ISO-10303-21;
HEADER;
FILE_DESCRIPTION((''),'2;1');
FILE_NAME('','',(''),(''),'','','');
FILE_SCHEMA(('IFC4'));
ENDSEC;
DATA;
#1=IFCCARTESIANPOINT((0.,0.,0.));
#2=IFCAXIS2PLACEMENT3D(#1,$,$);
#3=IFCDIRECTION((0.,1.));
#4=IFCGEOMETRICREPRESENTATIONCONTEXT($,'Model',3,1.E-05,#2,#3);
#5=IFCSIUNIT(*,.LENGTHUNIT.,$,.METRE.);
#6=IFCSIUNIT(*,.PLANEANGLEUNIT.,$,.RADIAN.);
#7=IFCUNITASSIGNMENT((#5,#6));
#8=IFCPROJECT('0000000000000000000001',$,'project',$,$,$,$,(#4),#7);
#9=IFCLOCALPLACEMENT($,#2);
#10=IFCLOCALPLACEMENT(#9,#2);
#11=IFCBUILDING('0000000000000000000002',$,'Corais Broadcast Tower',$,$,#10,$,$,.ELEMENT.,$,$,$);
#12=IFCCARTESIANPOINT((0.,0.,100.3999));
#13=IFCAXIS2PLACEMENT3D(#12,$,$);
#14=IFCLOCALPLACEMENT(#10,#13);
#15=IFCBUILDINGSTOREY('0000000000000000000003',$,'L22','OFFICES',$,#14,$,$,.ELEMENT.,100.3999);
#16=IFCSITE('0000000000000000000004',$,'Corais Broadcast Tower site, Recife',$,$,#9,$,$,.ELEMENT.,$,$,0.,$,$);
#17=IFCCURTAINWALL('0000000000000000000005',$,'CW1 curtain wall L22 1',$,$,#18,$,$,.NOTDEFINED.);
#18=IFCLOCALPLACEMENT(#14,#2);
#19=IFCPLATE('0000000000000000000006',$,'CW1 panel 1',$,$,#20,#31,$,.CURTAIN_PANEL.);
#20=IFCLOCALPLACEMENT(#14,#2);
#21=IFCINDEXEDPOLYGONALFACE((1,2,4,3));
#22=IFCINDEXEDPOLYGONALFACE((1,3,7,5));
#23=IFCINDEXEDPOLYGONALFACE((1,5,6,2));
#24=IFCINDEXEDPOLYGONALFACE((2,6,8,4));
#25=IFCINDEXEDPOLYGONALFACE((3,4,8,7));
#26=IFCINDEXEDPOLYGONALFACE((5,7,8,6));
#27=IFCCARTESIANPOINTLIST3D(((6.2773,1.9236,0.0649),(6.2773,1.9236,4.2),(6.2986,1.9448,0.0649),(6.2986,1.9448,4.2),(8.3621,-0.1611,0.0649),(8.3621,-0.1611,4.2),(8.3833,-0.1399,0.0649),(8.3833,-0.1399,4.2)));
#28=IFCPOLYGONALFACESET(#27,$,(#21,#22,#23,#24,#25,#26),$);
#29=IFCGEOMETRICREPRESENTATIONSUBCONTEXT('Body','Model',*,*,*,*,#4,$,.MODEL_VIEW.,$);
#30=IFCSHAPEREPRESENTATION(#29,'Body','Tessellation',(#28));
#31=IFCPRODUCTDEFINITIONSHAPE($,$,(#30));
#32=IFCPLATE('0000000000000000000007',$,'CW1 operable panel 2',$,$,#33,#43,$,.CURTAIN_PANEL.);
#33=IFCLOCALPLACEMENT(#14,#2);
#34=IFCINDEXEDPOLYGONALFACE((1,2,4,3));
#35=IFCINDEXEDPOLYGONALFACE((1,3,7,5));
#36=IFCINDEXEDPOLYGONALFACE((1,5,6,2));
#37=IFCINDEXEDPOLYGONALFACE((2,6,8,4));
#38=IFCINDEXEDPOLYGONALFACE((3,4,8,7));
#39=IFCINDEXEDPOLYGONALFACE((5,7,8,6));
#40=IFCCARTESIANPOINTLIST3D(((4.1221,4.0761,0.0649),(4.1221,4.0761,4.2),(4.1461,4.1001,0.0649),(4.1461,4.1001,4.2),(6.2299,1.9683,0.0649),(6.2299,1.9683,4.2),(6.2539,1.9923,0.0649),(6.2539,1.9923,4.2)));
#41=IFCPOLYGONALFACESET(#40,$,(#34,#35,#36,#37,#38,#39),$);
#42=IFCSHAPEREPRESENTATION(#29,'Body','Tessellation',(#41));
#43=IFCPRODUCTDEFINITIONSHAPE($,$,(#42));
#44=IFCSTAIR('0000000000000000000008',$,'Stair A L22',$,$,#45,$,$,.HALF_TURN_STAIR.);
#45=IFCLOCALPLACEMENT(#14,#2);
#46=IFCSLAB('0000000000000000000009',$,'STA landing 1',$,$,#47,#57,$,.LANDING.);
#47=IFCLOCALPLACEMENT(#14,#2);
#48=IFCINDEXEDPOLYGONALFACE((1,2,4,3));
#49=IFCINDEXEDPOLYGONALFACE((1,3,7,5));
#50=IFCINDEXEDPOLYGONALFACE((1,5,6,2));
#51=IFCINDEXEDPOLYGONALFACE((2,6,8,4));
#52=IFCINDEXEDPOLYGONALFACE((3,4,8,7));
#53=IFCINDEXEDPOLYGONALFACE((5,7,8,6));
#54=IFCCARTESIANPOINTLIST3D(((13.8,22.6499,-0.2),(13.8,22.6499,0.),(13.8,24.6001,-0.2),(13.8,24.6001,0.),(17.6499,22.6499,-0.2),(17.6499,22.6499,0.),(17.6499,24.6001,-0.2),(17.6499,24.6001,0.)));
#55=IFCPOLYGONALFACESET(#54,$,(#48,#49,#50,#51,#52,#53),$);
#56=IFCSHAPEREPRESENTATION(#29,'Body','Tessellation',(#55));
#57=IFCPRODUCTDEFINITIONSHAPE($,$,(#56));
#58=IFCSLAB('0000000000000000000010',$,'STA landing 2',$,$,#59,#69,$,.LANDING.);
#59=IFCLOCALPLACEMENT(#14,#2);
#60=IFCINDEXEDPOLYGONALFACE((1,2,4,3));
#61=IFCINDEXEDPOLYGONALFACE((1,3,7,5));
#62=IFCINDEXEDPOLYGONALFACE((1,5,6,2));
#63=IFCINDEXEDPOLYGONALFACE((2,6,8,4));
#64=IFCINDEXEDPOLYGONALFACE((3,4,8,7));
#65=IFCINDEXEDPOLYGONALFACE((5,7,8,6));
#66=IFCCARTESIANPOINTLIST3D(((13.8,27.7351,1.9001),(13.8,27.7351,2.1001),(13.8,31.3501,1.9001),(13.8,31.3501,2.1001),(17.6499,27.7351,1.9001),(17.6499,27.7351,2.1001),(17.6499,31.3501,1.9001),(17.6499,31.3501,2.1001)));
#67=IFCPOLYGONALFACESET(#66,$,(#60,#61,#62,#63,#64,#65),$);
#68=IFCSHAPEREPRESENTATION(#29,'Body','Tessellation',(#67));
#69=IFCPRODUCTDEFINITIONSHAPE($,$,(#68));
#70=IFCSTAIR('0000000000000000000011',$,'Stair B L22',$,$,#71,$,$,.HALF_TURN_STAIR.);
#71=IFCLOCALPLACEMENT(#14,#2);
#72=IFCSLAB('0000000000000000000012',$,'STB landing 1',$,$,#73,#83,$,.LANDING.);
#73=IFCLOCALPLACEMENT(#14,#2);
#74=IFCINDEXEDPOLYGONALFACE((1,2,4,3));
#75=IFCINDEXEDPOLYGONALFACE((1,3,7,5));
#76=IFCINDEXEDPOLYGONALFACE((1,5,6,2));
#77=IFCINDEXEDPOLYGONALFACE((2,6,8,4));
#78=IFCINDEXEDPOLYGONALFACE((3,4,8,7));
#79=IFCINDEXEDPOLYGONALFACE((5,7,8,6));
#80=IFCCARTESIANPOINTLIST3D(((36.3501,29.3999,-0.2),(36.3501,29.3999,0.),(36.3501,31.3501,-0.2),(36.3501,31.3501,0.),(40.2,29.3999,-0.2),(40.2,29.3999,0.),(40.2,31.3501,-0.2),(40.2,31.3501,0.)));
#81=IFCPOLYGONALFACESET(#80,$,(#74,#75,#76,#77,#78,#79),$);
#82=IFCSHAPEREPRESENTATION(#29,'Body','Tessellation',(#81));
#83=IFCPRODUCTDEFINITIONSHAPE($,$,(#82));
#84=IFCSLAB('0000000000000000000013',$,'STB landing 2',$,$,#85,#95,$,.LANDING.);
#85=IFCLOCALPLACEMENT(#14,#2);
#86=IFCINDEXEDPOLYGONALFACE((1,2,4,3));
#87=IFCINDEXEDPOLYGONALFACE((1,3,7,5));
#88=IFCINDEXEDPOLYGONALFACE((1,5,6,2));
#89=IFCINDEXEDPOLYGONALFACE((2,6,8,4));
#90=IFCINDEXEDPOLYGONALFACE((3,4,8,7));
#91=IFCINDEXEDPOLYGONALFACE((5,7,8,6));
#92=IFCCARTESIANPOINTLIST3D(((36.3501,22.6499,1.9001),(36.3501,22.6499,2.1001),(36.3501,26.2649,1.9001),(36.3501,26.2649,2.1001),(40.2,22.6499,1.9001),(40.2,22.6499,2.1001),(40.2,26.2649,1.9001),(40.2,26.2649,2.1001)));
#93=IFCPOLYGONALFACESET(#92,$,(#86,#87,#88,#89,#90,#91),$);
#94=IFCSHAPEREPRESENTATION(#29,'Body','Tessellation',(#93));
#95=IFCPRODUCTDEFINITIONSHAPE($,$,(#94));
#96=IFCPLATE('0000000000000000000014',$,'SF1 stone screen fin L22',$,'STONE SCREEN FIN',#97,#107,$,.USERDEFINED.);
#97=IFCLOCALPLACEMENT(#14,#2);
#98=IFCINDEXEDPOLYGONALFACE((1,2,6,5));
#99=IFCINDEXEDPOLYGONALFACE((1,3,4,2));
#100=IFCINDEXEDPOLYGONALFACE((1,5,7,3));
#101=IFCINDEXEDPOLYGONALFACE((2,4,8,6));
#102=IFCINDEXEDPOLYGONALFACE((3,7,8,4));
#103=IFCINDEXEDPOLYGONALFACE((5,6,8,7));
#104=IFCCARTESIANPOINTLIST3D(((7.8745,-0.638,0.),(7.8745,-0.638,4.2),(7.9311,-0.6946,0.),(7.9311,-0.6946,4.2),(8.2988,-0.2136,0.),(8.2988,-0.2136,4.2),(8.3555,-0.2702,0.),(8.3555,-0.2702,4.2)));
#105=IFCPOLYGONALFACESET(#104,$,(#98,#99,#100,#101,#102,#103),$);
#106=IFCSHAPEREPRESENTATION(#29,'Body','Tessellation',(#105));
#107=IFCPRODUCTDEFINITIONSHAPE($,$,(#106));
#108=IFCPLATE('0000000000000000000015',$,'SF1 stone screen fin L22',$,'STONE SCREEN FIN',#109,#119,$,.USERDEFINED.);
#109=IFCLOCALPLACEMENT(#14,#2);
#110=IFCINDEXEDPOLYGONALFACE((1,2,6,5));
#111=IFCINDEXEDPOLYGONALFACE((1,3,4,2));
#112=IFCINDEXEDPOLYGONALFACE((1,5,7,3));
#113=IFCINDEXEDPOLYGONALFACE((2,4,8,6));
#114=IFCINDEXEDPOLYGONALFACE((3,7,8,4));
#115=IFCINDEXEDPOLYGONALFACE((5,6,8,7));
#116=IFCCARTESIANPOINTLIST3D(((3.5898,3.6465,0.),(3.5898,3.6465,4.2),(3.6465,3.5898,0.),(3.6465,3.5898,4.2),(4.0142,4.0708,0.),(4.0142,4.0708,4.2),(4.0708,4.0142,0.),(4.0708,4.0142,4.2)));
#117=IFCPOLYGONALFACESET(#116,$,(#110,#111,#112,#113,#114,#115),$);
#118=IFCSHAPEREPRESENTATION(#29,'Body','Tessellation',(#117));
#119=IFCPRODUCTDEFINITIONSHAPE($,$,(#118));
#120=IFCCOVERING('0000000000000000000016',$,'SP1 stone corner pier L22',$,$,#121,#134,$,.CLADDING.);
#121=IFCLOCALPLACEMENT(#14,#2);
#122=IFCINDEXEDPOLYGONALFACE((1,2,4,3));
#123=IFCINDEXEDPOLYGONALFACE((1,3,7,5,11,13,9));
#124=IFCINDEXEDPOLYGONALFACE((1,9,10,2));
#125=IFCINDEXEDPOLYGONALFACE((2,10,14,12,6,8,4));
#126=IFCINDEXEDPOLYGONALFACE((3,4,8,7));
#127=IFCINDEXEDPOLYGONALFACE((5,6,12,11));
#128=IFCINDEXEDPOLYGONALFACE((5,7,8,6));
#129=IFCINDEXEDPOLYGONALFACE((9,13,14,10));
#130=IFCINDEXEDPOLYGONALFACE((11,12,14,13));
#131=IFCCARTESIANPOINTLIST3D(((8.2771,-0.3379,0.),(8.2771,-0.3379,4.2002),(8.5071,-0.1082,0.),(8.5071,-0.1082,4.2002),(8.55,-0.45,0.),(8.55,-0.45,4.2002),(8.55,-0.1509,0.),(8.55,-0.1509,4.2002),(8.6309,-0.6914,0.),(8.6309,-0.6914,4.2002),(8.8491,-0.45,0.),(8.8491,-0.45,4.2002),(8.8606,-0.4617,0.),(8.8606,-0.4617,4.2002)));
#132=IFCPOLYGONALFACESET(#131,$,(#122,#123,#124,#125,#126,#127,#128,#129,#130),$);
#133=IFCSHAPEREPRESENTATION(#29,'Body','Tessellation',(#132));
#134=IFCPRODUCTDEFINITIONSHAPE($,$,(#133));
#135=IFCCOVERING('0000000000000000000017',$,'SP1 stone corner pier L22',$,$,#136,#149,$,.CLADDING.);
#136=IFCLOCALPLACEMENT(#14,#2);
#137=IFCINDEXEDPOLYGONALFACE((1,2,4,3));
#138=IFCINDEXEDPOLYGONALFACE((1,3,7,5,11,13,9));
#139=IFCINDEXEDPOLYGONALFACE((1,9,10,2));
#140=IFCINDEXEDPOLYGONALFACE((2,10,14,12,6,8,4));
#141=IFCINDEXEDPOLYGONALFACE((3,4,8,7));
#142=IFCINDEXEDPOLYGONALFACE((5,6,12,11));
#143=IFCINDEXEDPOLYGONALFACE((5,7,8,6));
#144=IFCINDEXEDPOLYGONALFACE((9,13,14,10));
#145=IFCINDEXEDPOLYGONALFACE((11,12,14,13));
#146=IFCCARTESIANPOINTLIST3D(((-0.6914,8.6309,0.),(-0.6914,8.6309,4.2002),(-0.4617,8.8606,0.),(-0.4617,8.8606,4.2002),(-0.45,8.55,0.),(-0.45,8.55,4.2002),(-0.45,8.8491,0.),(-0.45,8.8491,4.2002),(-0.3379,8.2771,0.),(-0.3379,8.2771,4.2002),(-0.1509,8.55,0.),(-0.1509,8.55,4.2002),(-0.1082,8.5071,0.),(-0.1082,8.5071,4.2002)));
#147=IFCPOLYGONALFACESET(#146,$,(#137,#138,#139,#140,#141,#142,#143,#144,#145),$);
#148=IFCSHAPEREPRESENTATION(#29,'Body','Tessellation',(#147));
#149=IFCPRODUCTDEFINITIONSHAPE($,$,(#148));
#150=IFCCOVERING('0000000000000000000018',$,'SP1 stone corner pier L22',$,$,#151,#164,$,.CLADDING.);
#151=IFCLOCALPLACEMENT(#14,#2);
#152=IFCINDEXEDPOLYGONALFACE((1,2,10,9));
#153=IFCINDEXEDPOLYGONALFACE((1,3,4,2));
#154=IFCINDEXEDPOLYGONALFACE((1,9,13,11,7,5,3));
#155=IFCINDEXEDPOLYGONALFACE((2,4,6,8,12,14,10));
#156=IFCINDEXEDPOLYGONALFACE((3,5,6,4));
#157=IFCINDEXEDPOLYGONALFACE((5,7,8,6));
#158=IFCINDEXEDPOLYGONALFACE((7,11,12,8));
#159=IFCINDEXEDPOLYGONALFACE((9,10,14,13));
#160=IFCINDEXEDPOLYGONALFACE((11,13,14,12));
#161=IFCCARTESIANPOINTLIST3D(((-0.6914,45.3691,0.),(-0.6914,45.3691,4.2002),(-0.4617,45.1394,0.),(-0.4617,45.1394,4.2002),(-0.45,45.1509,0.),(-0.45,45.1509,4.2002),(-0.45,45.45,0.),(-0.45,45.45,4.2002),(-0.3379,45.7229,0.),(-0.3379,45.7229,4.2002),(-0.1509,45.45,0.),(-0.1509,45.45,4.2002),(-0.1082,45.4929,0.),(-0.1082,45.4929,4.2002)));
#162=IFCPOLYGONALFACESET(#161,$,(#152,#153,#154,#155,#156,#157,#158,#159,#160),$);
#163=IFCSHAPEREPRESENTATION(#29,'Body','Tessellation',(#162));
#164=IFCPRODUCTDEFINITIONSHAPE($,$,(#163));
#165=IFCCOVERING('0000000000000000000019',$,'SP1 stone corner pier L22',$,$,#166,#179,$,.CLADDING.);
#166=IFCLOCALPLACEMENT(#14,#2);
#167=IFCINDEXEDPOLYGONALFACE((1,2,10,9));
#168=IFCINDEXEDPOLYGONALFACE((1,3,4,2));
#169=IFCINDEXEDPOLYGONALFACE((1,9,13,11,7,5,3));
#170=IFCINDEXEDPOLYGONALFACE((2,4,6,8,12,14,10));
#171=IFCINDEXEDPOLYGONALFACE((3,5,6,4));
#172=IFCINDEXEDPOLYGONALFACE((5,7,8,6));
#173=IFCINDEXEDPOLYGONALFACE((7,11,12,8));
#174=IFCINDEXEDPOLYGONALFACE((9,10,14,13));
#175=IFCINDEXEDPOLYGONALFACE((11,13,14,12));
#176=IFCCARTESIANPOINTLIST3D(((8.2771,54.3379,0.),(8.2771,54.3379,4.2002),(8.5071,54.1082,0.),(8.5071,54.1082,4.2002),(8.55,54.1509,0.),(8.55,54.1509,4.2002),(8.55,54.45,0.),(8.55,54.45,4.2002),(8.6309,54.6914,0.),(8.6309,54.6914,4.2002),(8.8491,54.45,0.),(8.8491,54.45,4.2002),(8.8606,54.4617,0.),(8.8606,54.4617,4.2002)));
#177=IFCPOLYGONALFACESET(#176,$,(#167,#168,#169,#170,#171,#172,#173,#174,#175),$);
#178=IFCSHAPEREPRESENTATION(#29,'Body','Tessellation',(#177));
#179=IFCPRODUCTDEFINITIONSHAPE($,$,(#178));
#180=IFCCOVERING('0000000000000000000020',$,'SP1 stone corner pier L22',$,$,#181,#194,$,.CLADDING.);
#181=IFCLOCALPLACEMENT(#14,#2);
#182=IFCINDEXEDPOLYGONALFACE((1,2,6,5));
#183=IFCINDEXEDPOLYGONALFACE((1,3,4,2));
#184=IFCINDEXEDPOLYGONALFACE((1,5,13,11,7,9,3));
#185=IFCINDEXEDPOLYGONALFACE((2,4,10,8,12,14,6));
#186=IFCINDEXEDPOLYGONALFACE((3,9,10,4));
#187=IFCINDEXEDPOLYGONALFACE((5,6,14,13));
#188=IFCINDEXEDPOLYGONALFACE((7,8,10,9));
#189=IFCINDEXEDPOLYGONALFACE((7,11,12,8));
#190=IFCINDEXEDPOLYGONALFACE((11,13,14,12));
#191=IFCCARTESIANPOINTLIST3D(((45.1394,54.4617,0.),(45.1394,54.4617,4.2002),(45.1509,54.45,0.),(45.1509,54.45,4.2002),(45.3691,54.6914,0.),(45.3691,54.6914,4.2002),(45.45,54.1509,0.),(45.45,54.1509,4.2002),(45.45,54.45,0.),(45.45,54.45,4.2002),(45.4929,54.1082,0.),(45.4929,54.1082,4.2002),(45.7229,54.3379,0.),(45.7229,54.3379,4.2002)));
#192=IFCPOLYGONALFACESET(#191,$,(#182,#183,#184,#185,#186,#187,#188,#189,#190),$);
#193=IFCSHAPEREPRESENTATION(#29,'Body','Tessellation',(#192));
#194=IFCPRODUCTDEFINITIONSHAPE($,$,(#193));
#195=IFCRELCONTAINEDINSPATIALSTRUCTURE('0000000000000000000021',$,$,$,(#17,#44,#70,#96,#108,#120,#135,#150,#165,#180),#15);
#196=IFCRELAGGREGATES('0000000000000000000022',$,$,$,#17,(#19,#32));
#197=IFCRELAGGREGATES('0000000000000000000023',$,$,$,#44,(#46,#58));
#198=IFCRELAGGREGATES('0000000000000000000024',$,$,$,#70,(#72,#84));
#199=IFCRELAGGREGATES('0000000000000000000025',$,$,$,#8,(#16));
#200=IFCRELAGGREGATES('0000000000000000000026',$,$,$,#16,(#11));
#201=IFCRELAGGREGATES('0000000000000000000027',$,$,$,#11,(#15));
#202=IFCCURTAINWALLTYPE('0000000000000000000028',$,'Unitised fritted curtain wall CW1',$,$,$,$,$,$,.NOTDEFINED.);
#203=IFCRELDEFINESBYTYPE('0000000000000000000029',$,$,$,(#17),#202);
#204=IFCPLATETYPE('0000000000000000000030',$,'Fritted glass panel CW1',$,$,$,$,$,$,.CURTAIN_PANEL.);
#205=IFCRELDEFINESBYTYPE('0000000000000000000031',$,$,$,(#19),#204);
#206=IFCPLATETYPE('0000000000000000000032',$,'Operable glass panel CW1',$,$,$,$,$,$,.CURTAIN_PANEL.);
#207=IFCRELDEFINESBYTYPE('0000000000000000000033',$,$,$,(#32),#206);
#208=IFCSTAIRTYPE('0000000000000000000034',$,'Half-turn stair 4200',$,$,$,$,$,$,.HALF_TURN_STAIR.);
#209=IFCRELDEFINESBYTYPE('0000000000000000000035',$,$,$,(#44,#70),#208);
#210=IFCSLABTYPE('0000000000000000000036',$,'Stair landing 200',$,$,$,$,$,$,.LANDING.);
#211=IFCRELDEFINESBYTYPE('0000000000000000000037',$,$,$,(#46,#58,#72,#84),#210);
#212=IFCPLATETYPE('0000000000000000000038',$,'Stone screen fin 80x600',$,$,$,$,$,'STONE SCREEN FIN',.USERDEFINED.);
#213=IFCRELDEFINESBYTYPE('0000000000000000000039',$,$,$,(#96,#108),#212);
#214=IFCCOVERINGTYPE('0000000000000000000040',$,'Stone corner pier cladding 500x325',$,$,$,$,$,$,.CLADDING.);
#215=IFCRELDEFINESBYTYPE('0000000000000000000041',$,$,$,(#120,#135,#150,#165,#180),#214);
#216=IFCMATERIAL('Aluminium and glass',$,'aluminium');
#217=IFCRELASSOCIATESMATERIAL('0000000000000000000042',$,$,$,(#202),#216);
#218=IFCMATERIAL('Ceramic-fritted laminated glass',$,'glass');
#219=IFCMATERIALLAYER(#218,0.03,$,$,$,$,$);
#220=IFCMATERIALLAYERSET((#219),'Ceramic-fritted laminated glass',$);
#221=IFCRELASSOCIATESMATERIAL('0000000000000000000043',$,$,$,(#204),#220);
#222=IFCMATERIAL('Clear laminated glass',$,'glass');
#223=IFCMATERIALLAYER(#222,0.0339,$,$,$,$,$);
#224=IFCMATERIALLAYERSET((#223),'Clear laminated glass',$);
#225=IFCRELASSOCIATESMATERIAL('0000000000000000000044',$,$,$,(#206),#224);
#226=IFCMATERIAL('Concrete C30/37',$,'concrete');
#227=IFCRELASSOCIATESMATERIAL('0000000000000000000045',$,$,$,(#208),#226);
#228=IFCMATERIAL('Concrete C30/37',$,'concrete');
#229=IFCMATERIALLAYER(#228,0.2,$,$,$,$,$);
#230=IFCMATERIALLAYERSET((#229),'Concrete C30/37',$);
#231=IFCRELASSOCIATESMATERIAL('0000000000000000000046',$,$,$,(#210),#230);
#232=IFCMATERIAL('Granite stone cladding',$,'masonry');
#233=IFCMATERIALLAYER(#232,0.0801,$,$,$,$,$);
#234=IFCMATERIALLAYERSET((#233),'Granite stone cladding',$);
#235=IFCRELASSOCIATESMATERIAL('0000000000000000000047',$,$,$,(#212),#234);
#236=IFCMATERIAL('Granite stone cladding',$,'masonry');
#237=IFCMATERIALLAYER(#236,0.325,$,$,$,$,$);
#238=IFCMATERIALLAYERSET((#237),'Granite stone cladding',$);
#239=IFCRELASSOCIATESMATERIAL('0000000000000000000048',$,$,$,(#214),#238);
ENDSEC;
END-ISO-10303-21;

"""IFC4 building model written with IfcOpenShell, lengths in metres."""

from ifc_helpers import new_model, si_unit, direction, frame, origin, origin_2d, place, context, subcontext, project, spatial, polyline, rectangle, outline, extrude, material, layer, layer_set, type_object, element, aggregate, save


model = new_model("IFC4")

# Units and contexts
model_context = context("Model", 3, precision=1e-05, world=origin(), true_north=direction((0.0, 1.0)))
body_context = subcontext(model_context, "Body", "Model", "MODEL_VIEW")
ifc_project = project(units=[si_unit("LENGTHUNIT", "METRE"), si_unit("PLANEANGLEUNIT", "RADIAN")], contexts=[model_context])

# Site, building, storey
site_placement = place(None, origin())
site = spatial("IfcSite", under=ifc_project, at=site_placement, Name="Corais Broadcast Tower site, Recife", CompositionType="ELEMENT", RefElevation=0.0)
building_placement = place(site_placement, origin())
building = spatial("IfcBuilding", under=site, at=building_placement, Name="Corais Broadcast Tower", CompositionType="ELEMENT")
storey_placement = place(building_placement, frame((0.0, 0.0, 100.3999)))
storey = spatial("IfcBuildingStorey", under=building, at=storey_placement, Name="L22", Description="OFFICES", CompositionType="ELEMENT", Elevation=100.3999)

# Curtain wall
ifc_material_1 = material(Name="Aluminium and glass", Category="aluminium")
curtain_wall_type = type_object("IfcCurtainWallType", Name="Unitised fritted curtain wall CW1", PredefinedType="NOTDEFINED", material=ifc_material_1)
curtain_wall_1_placement = place(storey_placement, origin())
curtain_wall_1 = element("IfcCurtainWall", 1, at=curtain_wall_1_placement, inside=storey, type_object=curtain_wall_type, Name="CW1 curtain wall L22 1", PredefinedType="NOTDEFINED")

# Plates
ifc_material_2 = material(Name="Ceramic-fritted laminated glass", Category="glass")
ifc_layer_1 = layer(ifc_material_2, 0.03)
ifc_layer_set_1 = layer_set([ifc_layer_1], Name="Ceramic-fritted laminated glass")
plate_type_1 = type_object("IfcPlateType", Name="Fritted glass panel CW1", PredefinedType="CURTAIN_PANEL", material=ifc_layer_set_1)
plate_1_placement = place(storey_placement, frame((7.3303, 0.8918, 0.0649), z_axis=(0.0, 0.0, 1.0), x_axis=(-0.707107, 0.707107, 0.0)))
plate_1 = element("IfcPlate", 2, at=plate_1_placement, type_object=plate_type_1, Name="CW1 panel 1", PredefinedType="CURTAIN_PANEL", context=body_context, shape_type="SweptSolid", body=[
    extrude(rectangle(XDim=2.9482, YDim=0.03, at=origin_2d()), origin(), (0.0, 0.0, 1.0), 4.135),
])
ifc_material_3 = material(Name="Clear laminated glass", Category="glass")
ifc_layer_2 = layer(ifc_material_3, 0.0339)
ifc_layer_set_2 = layer_set([ifc_layer_2], Name="Clear laminated glass")
plate_type_2 = type_object("IfcPlateType", Name="Operable glass panel CW1", PredefinedType="CURTAIN_PANEL", material=ifc_layer_set_2)
plate_2_placement = place(storey_placement, frame((5.188, 3.0342, 0.0649), z_axis=(0.0, 0.0, 1.0), x_axis=(-0.707107, 0.707107, 0.0)))
plate_2 = element("IfcPlate", 3, at=plate_2_placement, type_object=plate_type_2, Name="CW1 operable panel 2", PredefinedType="CURTAIN_PANEL", context=body_context, shape_type="SweptSolid", body=[
    extrude(rectangle(XDim=2.981, YDim=0.0339, at=origin_2d()), origin(), (0.0, 0.0, 1.0), 4.135),
])
aggregate(curtain_wall_1, [plate_1, plate_2])

# Stairs, slabs
ifc_material_4 = material(Name="Concrete C30/37", Category="concrete")
stair_type = type_object("IfcStairType", Name="Half-turn stair 4200", PredefinedType="HALF_TURN_STAIR", material=ifc_material_4)
stair_1_placement = place(storey_placement, origin())
stair_1 = element("IfcStair", 4, at=stair_1_placement, inside=storey, type_object=stair_type, Name="Stair A L22", PredefinedType="HALF_TURN_STAIR")
ifc_material_5 = material(Name="Concrete C30/37", Category="concrete")
ifc_layer_3 = layer(ifc_material_5, 0.2)
ifc_layer_set_3 = layer_set([ifc_layer_3], Name="Concrete C30/37")
slab_type_1 = type_object("IfcSlabType", Name="Stair landing 200", PredefinedType="LANDING", material=ifc_layer_set_3)
slab_1_placement = place(storey_placement, frame((0.0, 0.0, -0.2)))
slab_1 = element("IfcSlab", 5, at=slab_1_placement, type_object=slab_type_1, Name="STA landing 1", PredefinedType="LANDING", context=body_context, shape_type="SweptSolid", body=[
    extrude(outline(polyline([(13.8, 22.6499), (17.6499, 22.6499), (17.6499, 24.6001), (13.8, 24.6001), (13.8, 22.6499)])), origin(), (0.0, 0.0, 1.0), 0.2),
])
slab_2_placement = place(storey_placement, frame((0.0, 0.0, 1.9001)))
slab_2 = element("IfcSlab", 6, at=slab_2_placement, type_object=slab_type_1, Name="STA landing 2", PredefinedType="LANDING", context=body_context, shape_type="SweptSolid", body=[
    extrude(outline(polyline([(13.8, 27.7351), (17.6499, 27.7351), (17.6499, 31.3501), (13.8, 31.3501), (13.8, 27.7351)])), origin(), (0.0, 0.0, 1.0), 0.2),
])
aggregate(stair_1, [slab_1, slab_2])
stair_2_placement = place(storey_placement, origin())
stair_2 = element("IfcStair", 7, at=stair_2_placement, inside=storey, type_object=stair_type, Name="Stair B L22", PredefinedType="HALF_TURN_STAIR")
slab_3_placement = place(storey_placement, frame((0.0, 0.0, -0.2)))
slab_3 = element("IfcSlab", 8, at=slab_3_placement, type_object=slab_type_1, Name="STB landing 1", PredefinedType="LANDING", context=body_context, shape_type="SweptSolid", body=[
    extrude(outline(polyline([(36.3501, 29.3999), (40.2, 29.3999), (40.2, 31.3501), (36.3501, 31.3501), (36.3501, 29.3999)])), origin(), (0.0, 0.0, 1.0), 0.2),
])
slab_4_placement = place(storey_placement, frame((0.0, 0.0, 1.9001)))
slab_4 = element("IfcSlab", 9, at=slab_4_placement, type_object=slab_type_1, Name="STB landing 2", PredefinedType="LANDING", context=body_context, shape_type="SweptSolid", body=[
    extrude(outline(polyline([(36.3501, 22.6499), (40.2, 22.6499), (40.2, 26.2649), (36.3501, 26.2649), (36.3501, 22.6499)])), origin(), (0.0, 0.0, 1.0), 0.2),
])
aggregate(stair_2, [slab_3, slab_4])

# Plates
ifc_material_6 = material(Name="Granite stone cladding", Category="masonry")
ifc_layer_4 = layer(ifc_material_6, 0.0801)
ifc_layer_set_4 = layer_set([ifc_layer_4], Name="Granite stone cladding")
plate_type_3 = type_object("IfcPlateType", Name="Stone screen fin 80x600", ElementType="STONE SCREEN FIN", PredefinedType="USERDEFINED", material=ifc_layer_set_4)
for number, where, z_axis, x_axis, name in (
    (10, (8.115, -0.4541, 0.0), (0.0, 0.0, 1.0), (-0.707107, 0.707107, 0.0), "SF1 stone screen fin L22"),
    (11, (3.8303, 3.8303, 0.0), (0.0, 0.0, 1.0), (-0.707107, 0.707107, 0.0), "SF1 stone screen fin L22"),
):
    element("IfcPlate", number, at=place(storey_placement, frame(where, z_axis=z_axis, x_axis=x_axis)), inside=storey, type_object=plate_type_3, Name=name, ObjectType="STONE SCREEN FIN", PredefinedType="USERDEFINED", context=body_context, shape_type="SweptSolid", body=[
        extrude(rectangle(XDim=0.0801, YDim=0.6001, at=origin_2d()), origin(), (0.0, 0.0, 1.0), 4.2),
    ])

# Coverings
ifc_material_7 = material(Name="Granite stone cladding", Category="masonry")
ifc_layer_5 = layer(ifc_material_7, 0.325)
ifc_layer_set_5 = layer_set([ifc_layer_5], Name="Granite stone cladding")
covering_type_1 = type_object("IfcCoveringType", Name="Stone corner pier cladding 500x325", PredefinedType="CLADDING", material=ifc_layer_set_5)
covering_1_placement = place(storey_placement, origin())
element("IfcCovering", 12, at=covering_1_placement, inside=storey, type_object=covering_type_1, Name="SP1 stone corner pier L22", PredefinedType="CLADDING", context=body_context, shape_type="SweptSolid", body=[
    extrude(outline(polyline([(8.8606, -0.4617), (8.8491, -0.45), (8.55, -0.45), (8.55, -0.1509), (8.5071, -0.1082), (8.2771, -0.3379), (8.6309, -0.6914), (8.8606, -0.4617)])), origin(), (0.0, 0.0, 1.0), 4.2002),
])
covering_2_placement = place(storey_placement, origin())
element("IfcCovering", 13, at=covering_2_placement, inside=storey, type_object=covering_type_1, Name="SP1 stone corner pier L22", PredefinedType="CLADDING", context=body_context, shape_type="SweptSolid", body=[
    extrude(outline(polyline([(-0.45, 8.8491), (-0.4617, 8.8606), (-0.6914, 8.6309), (-0.3379, 8.2771), (-0.1082, 8.5071), (-0.1509, 8.55), (-0.45, 8.55), (-0.45, 8.8491)])), origin(), (0.0, 0.0, 1.0), 4.2002),
])
covering_3_placement = place(storey_placement, origin())
element("IfcCovering", 14, at=covering_3_placement, inside=storey, type_object=covering_type_1, Name="SP1 stone corner pier L22", PredefinedType="CLADDING", context=body_context, shape_type="SweptSolid", body=[
    extrude(outline(polyline([(-0.4617, 45.1394), (-0.45, 45.1509), (-0.45, 45.45), (-0.1509, 45.45), (-0.1082, 45.4929), (-0.3379, 45.7229), (-0.6914, 45.3691), (-0.4617, 45.1394)])), origin(), (0.0, 0.0, 1.0), 4.2002),
])
covering_4_placement = place(storey_placement, origin())
element("IfcCovering", 15, at=covering_4_placement, inside=storey, type_object=covering_type_1, Name="SP1 stone corner pier L22", PredefinedType="CLADDING", context=body_context, shape_type="SweptSolid", body=[
    extrude(outline(polyline([(8.8491, 54.45), (8.8606, 54.4617), (8.6309, 54.6914), (8.2771, 54.3379), (8.5071, 54.1082), (8.55, 54.1509), (8.55, 54.45), (8.8491, 54.45)])), origin(), (0.0, 0.0, 1.0), 4.2002),
])
covering_5_placement = place(storey_placement, origin())
element("IfcCovering", 16, at=covering_5_placement, inside=storey, type_object=covering_type_1, Name="SP1 stone corner pier L22", PredefinedType="CLADDING", context=body_context, shape_type="SweptSolid", body=[
    extrude(outline(polyline([(45.1394, 54.4617), (45.1509, 54.45), (45.45, 54.45), (45.45, 54.1509), (45.4929, 54.1082), (45.7229, 54.3379), (45.3691, 54.6914), (45.1394, 54.4617)])), origin(), (0.0, 0.0, 1.0), 4.2002),
])

save(model, "model.ifc")
